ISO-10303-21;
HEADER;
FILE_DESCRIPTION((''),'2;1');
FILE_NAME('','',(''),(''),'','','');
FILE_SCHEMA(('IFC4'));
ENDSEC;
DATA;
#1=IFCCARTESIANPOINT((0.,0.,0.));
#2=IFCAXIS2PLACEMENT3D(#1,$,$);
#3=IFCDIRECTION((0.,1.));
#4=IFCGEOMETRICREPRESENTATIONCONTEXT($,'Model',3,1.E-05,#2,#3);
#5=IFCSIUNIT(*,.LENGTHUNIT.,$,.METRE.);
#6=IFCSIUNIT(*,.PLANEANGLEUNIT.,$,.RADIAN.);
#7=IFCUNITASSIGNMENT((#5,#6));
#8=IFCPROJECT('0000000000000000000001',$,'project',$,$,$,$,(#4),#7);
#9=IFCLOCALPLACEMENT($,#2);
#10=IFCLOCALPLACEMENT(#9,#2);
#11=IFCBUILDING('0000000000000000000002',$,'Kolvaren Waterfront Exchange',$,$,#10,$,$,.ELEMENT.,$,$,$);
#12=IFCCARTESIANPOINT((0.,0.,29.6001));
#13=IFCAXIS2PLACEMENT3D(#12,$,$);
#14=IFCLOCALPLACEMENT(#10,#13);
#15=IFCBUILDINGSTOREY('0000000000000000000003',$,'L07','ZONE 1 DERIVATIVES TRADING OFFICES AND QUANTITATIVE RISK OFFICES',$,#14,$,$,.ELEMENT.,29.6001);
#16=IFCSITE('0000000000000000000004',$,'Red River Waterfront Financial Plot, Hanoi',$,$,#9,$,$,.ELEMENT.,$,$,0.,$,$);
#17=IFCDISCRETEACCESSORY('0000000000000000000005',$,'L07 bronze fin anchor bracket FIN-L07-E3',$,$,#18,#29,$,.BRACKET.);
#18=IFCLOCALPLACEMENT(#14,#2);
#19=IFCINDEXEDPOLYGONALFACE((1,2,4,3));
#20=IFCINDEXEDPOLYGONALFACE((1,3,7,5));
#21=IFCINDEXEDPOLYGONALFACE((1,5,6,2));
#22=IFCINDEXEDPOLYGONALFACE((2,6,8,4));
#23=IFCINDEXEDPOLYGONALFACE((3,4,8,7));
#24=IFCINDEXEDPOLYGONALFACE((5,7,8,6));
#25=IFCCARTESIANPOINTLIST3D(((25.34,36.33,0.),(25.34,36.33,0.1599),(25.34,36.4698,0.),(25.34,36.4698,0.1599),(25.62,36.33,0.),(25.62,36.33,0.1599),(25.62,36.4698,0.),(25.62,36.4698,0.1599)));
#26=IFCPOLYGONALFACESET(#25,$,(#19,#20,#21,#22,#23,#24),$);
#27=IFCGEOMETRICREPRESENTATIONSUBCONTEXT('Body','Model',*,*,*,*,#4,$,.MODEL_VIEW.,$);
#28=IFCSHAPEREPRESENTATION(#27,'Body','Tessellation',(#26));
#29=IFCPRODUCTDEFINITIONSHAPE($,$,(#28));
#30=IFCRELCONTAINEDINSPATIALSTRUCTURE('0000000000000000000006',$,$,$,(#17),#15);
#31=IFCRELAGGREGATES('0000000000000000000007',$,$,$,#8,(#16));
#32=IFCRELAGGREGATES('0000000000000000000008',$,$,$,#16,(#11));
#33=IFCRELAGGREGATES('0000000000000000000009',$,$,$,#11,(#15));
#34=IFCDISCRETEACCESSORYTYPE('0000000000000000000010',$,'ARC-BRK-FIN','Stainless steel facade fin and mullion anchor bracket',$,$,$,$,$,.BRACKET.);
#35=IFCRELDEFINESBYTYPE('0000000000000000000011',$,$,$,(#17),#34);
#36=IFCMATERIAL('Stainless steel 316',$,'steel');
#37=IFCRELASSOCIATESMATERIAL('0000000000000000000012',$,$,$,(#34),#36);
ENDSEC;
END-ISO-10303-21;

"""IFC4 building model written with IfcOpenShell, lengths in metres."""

from ifc_helpers import new_model, si_unit, direction, frame, origin, origin_with_axes, origin_2d, place, context, subcontext, project, spatial, rectangle, extrude, source, transform, mapped, material, type_object, element, save


model = new_model("IFC4")

# Units and contexts
model_context = context("Model", 3, precision=1e-05, world=origin(), true_north=direction((0.0, 1.0)))
body_context = subcontext(model_context, "Body", "Model", "MODEL_VIEW")
ifc_project = project(units=[si_unit("LENGTHUNIT", "METRE"), si_unit("PLANEANGLEUNIT", "RADIAN")], contexts=[model_context])

# Site, building, storey
site_placement = place(None, origin())
site = spatial("IfcSite", under=ifc_project, at=site_placement, Name="Red River Waterfront Financial Plot, Hanoi", CompositionType="ELEMENT", RefElevation=0.0)
building_placement = place(site_placement, origin())
building = spatial("IfcBuilding", under=site, at=building_placement, Name="Kolvaren Waterfront Exchange", CompositionType="ELEMENT")
storey_placement = place(building_placement, frame((0.0, 0.0, 29.6001)))
storey = spatial("IfcBuildingStorey", under=building, at=storey_placement, Name="L07", Description="ZONE 1 DERIVATIVES TRADING OFFICES AND QUANTITATIVE RISK OFFICES", CompositionType="ELEMENT", Elevation=29.6001)

# Discrete accessory
ifc_material_1 = material(Name="Stainless steel 316", Category="steel")
discrete_accessory_type = type_object("IfcDiscreteAccessoryType", Name="ARC-BRK-FIN", Description="Stainless steel facade fin and mullion anchor bracket", PredefinedType="BRACKET", material=ifc_material_1)
shared_shape_1 = source(origin_with_axes(), body_context, "Body", "SweptSolid", [
    extrude(rectangle(XDim=0.28, YDim=0.1399, at=origin_2d()), origin(), (0.0, 0.0, 1.0), 0.1599),
])
discrete_accessory_placement = place(storey_placement, frame((25.48, 36.3999, 0.0), z_axis=(0.0, 0.0, 1.0), x_axis=(1.0, 0.0, 0.0)))
element("IfcDiscreteAccessory", 1, at=discrete_accessory_placement, inside=storey, type_object=discrete_accessory_type, Name="L07 bronze fin anchor bracket FIN-L07-E3", PredefinedType="BRACKET", context=body_context, shape_type="MappedRepresentation", body=[
    mapped(shared_shape_1, transform((0.0, 0.0, 0.0), x_axis=(1.0, 0.0, 0.0), y_axis=(0.0, 1.0, 0.0), z_axis=(0.0, 0.0, 1.0), scale=1.0)),
])

save(model, "model.ifc")
